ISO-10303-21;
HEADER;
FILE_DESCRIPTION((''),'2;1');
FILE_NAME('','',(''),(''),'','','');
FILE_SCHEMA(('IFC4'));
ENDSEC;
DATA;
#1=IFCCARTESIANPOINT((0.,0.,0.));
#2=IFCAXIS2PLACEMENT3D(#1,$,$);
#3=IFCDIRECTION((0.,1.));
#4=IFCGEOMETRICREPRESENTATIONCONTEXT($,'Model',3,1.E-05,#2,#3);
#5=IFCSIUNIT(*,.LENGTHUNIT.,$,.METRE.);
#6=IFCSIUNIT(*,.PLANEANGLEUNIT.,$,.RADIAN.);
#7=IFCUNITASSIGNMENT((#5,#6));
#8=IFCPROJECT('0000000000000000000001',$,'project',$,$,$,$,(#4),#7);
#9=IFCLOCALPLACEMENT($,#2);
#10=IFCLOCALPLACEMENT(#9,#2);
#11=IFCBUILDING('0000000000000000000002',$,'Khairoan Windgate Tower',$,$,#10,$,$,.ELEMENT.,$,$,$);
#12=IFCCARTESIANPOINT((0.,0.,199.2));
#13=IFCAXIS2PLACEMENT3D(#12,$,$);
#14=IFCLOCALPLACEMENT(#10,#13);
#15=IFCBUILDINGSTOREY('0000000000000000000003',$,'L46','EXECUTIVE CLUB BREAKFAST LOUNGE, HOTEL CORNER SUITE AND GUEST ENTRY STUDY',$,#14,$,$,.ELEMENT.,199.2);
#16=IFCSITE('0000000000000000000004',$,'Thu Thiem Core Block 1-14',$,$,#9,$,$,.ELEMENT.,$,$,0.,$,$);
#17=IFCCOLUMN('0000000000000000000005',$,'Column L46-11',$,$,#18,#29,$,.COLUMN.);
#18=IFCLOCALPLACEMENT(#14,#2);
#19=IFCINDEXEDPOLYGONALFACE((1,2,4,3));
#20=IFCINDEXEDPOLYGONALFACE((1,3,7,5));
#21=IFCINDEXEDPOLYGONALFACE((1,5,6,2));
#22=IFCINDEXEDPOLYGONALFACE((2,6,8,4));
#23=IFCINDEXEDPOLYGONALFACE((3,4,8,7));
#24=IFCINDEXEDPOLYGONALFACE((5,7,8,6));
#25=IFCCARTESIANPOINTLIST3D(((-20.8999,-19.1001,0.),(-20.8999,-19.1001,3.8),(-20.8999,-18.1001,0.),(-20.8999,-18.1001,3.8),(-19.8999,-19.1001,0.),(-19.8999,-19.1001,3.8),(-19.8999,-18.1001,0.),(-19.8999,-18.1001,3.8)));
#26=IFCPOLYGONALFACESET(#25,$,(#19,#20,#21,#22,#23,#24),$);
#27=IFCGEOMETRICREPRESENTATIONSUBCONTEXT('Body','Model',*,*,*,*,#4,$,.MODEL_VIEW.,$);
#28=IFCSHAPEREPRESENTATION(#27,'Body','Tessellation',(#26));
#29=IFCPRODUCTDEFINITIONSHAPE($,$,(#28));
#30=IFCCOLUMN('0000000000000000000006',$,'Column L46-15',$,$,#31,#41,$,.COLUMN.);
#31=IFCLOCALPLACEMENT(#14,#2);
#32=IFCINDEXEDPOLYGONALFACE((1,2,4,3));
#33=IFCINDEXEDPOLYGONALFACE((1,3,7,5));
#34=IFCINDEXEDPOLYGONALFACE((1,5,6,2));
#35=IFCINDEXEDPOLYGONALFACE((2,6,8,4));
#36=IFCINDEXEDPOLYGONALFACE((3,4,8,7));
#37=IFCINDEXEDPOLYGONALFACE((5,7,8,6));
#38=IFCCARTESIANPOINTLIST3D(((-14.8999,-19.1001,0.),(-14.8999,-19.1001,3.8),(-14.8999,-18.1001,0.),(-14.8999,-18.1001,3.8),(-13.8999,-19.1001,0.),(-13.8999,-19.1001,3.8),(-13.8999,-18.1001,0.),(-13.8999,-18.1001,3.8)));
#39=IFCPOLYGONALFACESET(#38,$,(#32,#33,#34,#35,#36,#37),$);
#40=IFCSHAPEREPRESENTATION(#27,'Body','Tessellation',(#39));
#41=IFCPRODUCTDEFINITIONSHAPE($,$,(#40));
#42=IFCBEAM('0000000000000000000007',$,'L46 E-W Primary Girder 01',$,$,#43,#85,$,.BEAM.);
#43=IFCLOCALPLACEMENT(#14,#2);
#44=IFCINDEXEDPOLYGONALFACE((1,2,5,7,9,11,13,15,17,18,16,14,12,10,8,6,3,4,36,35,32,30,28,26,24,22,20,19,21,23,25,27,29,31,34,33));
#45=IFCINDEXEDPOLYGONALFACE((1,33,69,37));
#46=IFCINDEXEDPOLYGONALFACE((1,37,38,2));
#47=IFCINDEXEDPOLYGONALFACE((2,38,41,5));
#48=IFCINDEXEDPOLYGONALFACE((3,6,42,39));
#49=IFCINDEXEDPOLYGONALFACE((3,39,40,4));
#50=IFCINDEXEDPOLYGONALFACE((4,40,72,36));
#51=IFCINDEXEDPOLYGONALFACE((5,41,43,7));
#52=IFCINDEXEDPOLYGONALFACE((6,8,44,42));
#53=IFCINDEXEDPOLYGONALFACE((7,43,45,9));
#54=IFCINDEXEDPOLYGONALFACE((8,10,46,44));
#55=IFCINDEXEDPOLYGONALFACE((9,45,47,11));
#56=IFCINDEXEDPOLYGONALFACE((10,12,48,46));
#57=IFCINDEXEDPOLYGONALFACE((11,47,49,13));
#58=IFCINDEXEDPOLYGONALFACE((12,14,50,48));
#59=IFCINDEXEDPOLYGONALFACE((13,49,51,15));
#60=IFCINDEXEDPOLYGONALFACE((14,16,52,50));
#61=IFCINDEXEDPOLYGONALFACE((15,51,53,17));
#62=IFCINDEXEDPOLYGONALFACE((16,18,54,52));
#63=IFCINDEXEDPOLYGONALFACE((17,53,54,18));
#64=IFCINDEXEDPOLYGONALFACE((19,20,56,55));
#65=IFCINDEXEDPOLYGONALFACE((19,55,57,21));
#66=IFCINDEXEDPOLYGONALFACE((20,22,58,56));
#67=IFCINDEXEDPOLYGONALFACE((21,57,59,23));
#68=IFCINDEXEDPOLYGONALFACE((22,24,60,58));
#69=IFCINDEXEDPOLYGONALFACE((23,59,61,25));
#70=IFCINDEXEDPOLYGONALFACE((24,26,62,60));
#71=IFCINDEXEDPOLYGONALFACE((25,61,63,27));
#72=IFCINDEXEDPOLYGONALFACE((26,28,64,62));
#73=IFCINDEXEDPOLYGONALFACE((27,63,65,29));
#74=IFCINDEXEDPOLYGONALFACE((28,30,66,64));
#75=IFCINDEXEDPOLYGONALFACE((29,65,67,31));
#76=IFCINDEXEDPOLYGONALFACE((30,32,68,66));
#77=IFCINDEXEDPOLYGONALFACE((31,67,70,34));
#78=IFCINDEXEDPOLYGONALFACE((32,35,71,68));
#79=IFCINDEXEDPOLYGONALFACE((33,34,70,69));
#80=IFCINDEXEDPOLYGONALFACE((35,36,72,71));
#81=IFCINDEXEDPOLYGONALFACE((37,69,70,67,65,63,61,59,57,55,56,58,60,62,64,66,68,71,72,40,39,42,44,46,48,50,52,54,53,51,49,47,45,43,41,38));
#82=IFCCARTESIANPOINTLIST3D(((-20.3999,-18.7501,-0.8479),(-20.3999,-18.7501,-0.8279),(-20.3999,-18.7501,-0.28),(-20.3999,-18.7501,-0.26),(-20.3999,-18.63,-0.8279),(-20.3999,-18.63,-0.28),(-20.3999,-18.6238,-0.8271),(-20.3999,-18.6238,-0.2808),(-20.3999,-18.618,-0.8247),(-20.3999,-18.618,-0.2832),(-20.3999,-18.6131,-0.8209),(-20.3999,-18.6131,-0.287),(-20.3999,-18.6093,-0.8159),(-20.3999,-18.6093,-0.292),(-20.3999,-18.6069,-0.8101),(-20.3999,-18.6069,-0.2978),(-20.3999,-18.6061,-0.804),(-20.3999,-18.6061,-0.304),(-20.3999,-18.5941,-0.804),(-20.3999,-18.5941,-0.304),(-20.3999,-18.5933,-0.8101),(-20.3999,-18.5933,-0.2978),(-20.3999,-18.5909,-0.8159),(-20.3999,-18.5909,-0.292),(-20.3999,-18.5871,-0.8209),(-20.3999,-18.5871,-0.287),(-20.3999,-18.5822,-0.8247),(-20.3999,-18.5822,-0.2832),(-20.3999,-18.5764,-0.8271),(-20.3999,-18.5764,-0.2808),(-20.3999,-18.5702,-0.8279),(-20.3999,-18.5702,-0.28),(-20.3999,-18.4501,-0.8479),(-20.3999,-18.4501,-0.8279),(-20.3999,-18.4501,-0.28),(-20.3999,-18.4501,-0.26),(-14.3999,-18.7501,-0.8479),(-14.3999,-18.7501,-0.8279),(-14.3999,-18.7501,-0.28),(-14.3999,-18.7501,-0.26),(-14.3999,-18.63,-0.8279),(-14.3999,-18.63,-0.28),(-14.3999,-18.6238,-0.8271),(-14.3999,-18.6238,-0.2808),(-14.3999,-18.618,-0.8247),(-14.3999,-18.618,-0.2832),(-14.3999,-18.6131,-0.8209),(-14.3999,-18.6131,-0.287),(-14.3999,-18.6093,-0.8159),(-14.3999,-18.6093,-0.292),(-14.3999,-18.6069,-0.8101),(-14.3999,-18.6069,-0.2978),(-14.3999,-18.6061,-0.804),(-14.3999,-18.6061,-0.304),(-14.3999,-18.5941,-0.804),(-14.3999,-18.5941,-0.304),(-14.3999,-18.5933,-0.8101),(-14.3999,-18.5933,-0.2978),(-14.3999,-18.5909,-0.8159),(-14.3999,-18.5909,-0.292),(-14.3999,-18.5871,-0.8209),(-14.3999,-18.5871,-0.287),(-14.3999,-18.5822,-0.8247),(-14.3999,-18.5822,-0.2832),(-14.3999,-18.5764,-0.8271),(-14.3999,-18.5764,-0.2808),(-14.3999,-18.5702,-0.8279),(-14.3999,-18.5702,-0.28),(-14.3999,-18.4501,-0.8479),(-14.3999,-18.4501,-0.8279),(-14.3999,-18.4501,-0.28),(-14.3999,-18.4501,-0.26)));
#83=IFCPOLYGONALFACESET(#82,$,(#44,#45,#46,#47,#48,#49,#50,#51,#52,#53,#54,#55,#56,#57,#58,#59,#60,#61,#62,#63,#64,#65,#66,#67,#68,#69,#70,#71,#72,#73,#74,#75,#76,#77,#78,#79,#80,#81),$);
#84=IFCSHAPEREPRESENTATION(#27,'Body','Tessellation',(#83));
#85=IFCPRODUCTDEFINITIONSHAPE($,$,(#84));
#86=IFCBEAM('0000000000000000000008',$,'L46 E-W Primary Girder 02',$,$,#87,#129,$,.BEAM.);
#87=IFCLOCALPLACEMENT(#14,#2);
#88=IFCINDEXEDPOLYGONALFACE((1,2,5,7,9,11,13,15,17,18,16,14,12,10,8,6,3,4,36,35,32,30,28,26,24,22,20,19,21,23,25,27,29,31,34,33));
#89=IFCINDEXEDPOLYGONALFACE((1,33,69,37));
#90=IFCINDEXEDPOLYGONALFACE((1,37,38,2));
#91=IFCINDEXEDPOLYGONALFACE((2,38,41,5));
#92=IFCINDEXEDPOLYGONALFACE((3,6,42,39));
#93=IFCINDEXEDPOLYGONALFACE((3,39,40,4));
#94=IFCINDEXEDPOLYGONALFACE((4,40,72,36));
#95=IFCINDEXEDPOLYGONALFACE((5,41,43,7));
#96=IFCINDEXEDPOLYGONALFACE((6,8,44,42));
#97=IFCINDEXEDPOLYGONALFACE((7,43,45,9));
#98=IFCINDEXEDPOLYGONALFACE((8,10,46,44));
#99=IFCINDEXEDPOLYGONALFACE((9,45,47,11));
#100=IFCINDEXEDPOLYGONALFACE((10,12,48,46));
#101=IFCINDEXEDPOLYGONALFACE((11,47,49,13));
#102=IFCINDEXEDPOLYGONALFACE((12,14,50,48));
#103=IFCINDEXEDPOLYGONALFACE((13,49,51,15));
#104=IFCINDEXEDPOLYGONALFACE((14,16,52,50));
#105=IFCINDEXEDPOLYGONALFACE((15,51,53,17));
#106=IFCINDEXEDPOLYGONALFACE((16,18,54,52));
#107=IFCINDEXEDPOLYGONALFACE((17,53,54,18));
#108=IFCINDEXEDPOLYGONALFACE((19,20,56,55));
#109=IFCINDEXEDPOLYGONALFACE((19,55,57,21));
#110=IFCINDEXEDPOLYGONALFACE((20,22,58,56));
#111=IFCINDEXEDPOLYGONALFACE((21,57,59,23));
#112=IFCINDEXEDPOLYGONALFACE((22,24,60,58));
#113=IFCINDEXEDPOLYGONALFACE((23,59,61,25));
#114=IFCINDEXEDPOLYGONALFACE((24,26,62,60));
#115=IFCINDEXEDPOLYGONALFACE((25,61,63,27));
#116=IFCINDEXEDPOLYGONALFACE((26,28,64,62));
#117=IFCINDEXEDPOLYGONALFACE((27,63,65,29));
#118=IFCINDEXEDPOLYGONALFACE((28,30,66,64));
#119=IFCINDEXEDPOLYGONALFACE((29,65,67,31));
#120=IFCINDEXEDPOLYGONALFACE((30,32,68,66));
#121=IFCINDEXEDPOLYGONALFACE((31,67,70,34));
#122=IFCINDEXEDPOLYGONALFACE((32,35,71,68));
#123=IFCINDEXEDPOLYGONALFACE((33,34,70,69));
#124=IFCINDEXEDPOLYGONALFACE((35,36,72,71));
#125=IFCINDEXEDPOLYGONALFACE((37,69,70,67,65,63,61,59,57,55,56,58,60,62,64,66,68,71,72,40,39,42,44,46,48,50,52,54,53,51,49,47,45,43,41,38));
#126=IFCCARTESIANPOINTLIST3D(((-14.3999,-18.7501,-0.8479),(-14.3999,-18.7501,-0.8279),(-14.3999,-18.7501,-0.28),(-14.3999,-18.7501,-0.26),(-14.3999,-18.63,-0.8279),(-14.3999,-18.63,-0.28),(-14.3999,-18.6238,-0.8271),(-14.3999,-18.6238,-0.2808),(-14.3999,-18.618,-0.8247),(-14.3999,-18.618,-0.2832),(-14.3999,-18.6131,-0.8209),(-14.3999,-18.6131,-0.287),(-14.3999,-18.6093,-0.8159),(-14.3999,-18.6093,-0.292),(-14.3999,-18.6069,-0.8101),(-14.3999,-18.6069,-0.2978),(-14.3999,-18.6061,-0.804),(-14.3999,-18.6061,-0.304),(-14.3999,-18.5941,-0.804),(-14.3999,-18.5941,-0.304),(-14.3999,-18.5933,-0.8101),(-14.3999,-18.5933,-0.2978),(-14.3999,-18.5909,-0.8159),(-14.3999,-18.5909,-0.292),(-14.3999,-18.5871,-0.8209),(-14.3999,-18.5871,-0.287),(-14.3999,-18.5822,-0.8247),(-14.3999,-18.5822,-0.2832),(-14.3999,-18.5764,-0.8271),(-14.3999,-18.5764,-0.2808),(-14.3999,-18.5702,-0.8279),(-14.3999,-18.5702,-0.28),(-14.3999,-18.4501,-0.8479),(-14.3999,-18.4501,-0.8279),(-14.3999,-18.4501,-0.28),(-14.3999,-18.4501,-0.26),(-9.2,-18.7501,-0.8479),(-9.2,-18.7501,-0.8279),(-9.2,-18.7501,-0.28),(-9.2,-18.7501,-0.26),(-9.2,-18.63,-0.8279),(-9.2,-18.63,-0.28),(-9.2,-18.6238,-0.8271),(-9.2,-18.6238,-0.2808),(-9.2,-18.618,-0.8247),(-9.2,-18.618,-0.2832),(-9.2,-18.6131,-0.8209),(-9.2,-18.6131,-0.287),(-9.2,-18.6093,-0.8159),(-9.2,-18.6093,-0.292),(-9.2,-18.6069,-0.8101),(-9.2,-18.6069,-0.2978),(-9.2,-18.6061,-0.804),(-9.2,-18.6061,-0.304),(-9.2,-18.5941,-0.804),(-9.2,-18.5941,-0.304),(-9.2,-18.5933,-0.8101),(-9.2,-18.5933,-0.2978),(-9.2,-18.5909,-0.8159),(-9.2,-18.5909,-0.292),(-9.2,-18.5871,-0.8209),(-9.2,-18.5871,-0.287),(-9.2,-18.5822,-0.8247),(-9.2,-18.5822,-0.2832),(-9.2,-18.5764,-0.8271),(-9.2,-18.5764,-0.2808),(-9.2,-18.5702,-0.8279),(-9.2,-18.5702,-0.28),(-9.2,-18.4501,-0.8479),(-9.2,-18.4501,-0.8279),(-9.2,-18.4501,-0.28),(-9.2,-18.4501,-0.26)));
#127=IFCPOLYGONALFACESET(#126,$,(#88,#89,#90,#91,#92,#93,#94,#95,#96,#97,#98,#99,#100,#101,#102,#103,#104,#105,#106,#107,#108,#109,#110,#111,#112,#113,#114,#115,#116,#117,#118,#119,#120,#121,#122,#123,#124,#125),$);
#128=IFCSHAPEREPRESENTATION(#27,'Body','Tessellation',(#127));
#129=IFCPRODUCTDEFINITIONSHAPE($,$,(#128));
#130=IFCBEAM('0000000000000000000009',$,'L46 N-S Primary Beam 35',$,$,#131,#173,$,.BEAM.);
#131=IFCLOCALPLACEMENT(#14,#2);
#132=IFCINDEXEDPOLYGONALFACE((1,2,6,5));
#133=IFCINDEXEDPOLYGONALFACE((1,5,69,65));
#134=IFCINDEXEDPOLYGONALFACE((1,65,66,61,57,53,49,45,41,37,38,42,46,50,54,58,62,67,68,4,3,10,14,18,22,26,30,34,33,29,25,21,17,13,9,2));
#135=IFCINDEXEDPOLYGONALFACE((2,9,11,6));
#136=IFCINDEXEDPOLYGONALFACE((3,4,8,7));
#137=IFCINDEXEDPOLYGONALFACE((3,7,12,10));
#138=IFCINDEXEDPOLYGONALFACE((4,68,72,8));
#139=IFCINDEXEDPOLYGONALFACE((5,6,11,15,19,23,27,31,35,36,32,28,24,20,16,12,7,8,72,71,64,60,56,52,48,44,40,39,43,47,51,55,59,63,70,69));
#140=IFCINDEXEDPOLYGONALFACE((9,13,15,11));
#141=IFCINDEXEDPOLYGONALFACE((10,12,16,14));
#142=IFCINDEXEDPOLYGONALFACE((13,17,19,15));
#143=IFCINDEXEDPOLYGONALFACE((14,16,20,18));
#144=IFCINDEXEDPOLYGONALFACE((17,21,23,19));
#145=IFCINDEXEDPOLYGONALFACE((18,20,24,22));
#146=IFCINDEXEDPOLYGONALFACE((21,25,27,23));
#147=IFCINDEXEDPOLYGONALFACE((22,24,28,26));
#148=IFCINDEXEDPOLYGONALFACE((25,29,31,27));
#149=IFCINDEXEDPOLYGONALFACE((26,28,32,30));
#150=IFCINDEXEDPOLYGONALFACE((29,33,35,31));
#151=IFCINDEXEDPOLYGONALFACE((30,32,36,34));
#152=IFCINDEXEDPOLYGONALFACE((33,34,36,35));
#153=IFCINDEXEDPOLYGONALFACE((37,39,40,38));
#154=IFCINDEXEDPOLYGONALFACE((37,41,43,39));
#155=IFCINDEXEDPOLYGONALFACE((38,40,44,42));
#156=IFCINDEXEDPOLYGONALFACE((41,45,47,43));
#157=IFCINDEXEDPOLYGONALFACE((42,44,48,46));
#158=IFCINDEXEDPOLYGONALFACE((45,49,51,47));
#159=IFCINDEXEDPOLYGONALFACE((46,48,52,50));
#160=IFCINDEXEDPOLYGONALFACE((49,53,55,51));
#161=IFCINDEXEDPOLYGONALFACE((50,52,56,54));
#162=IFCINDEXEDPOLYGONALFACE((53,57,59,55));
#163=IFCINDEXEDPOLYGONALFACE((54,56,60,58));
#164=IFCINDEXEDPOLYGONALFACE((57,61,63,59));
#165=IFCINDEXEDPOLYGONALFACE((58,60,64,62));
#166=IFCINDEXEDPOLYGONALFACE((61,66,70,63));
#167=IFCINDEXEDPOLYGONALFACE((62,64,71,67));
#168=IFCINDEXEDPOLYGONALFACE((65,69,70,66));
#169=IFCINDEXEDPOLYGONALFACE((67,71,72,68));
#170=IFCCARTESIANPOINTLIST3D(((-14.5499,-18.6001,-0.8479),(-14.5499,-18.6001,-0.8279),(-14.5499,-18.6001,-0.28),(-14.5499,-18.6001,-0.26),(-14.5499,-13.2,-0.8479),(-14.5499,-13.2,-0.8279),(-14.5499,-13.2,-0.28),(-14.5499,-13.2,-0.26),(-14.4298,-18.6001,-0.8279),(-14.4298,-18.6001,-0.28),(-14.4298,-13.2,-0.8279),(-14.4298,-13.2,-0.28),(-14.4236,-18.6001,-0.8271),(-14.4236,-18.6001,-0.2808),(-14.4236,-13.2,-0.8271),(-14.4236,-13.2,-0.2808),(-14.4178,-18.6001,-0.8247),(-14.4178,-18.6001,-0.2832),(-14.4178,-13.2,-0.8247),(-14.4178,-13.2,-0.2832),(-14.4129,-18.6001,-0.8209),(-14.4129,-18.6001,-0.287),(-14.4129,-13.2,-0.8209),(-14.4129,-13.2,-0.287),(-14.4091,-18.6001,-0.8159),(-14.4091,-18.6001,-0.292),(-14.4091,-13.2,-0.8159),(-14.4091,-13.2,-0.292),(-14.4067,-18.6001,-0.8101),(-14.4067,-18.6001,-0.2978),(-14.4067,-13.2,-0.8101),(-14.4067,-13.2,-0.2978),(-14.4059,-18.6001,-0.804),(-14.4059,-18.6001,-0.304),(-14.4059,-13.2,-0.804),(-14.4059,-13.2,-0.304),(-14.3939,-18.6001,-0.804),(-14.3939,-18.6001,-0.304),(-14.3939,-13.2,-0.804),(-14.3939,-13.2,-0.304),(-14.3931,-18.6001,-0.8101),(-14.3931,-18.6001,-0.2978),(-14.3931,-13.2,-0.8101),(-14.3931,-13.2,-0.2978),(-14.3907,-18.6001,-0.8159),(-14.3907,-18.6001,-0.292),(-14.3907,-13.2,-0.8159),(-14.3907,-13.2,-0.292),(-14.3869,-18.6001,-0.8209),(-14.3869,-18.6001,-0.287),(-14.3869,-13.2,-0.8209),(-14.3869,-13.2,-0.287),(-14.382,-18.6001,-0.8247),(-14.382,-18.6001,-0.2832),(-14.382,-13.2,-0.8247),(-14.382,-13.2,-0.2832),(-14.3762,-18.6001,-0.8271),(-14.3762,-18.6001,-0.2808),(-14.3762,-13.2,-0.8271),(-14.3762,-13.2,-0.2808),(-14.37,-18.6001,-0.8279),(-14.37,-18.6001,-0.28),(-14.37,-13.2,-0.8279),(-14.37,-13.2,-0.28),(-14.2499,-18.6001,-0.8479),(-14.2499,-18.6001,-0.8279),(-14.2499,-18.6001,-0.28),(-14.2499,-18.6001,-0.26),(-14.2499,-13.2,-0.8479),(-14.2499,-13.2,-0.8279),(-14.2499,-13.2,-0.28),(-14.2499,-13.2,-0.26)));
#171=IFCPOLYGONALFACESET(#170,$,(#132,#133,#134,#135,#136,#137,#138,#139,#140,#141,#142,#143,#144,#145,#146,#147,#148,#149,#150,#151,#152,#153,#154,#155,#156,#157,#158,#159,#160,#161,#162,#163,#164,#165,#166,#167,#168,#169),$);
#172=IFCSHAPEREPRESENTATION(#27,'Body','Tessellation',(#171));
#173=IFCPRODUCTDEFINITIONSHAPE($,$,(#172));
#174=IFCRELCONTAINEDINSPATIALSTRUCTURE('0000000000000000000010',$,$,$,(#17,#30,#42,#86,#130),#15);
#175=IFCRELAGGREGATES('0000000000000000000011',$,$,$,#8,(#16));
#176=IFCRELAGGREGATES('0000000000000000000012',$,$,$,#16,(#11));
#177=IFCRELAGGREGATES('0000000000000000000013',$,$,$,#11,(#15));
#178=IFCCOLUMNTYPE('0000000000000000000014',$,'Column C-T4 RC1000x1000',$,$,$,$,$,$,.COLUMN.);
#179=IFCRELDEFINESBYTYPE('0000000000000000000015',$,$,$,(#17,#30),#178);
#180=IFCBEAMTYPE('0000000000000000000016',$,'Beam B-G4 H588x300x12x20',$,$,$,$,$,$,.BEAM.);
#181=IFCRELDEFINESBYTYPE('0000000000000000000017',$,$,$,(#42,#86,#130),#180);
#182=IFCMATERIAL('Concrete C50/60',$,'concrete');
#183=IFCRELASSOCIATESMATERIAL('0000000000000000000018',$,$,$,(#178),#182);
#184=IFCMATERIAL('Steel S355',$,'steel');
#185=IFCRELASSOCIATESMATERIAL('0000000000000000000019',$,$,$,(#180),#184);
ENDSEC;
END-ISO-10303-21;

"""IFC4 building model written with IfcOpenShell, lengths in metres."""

from ifc_helpers import new_model, si_unit, direction, frame, origin, origin_2d, place, context, subcontext, project, spatial, rectangle, i_section, extrude, material, material_profile, profile_set, type_object, element, save


model = new_model("IFC4")

# Units and contexts
model_context = context("Model", 3, precision=1e-05, world=origin(), true_north=direction((0.0, 1.0)))
body_context = subcontext(model_context, "Body", "Model", "MODEL_VIEW")
ifc_project = project(units=[si_unit("LENGTHUNIT", "METRE"), si_unit("PLANEANGLEUNIT", "RADIAN")], contexts=[model_context])

# Site, building, storey
site_placement = place(None, origin())
site = spatial("IfcSite", under=ifc_project, at=site_placement, Name="Thu Thiem Core Block 1-14", CompositionType="ELEMENT", RefElevation=0.0)
building_placement = place(site_placement, origin())
building = spatial("IfcBuilding", under=site, at=building_placement, Name="Khairoan Windgate Tower", CompositionType="ELEMENT")
storey_placement = place(building_placement, frame((0.0, 0.0, 199.2)))
storey = spatial("IfcBuildingStorey", under=building, at=storey_placement, Name="L46", Description="EXECUTIVE CLUB BREAKFAST LOUNGE, HOTEL CORNER SUITE AND GUEST ENTRY STUDY", CompositionType="ELEMENT", Elevation=199.2)

# Columns
ifc_material_1 = material(Name="Concrete C50/60", Category="concrete")
ifc_material_profile_1 = material_profile(ifc_material_1, rectangle(XDim=1.0, YDim=1.0, at=origin_2d()))
ifc_profile_set_1 = profile_set([ifc_material_profile_1], Name="Concrete C50/60")
column_type = type_object("IfcColumnType", Name="Column C-T4 RC1000x1000", PredefinedType="COLUMN", material=ifc_profile_set_1)
for number, where, z_axis, x_axis, name in (
    (1, (-20.3999, -18.6001, 0.0), (0.0, 0.0, 1.0), (1.0, 0.0, 0.0), "Column L46-11"),
    (2, (-14.3999, -18.6001, 0.0), (0.0, 0.0, 1.0), (1.0, 0.0, 0.0), "Column L46-15"),
):
    element("IfcColumn", number, at=place(storey_placement, frame(where, z_axis=z_axis, x_axis=x_axis)), inside=storey, type_object=column_type, Name=name, PredefinedType="COLUMN", context=body_context, shape_type="SweptSolid", body=[
        extrude(rectangle(XDim=1.0, YDim=1.0, at=origin_2d()), origin(), (0.0, 0.0, 1.0), 3.8),
    ])

# Beams
ifc_material_2 = material(Name="Steel S355", Category="steel")
ifc_material_profile_2 = material_profile(ifc_material_2, i_section(OverallWidth=0.3, OverallDepth=0.5879, WebThickness=0.012, FlangeThickness=0.02, FilletRadius=0.0239, at=origin_2d()))
ifc_profile_set_2 = profile_set([ifc_material_profile_2], Name="Steel S355")
beam_type_1 = type_object("IfcBeamType", Name="Beam B-G4 H588x300x12x20", PredefinedType="BEAM", material=ifc_profile_set_2)
beam_1_placement = place(storey_placement, frame((-20.3999, -18.6001, -0.554), z_axis=(1.0, 0.0, 0.0), x_axis=(0.0, 1.0, 0.0)))
element("IfcBeam", 3, at=beam_1_placement, inside=storey, type_object=beam_type_1, Name="L46 E-W Primary Girder 01", PredefinedType="BEAM", context=body_context, shape_type="SweptSolid", body=[
    extrude(i_section(OverallWidth=0.3, OverallDepth=0.5879, WebThickness=0.012, FlangeThickness=0.02, FilletRadius=0.0239, at=origin_2d()), origin(), (0.0, 0.0, 1.0), 6.0),
])
beam_2_placement = place(storey_placement, frame((-14.3999, -18.6001, -0.554), z_axis=(1.0, 0.0, 0.0), x_axis=(0.0, 1.0, 0.0)))
element("IfcBeam", 4, at=beam_2_placement, inside=storey, type_object=beam_type_1, Name="L46 E-W Primary Girder 02", PredefinedType="BEAM", context=body_context, shape_type="SweptSolid", body=[
    extrude(i_section(OverallWidth=0.3, OverallDepth=0.5879, WebThickness=0.012, FlangeThickness=0.02, FilletRadius=0.0239, at=origin_2d()), origin(), (0.0, 0.0, 1.0), 5.2),
])
beam_3_placement = place(storey_placement, frame((-14.3999, -18.6001, -0.554), z_axis=(0.0, 1.0, 0.0), x_axis=(-1.0, 0.0, 0.0)))
element("IfcBeam", 5, at=beam_3_placement, inside=storey, type_object=beam_type_1, Name="L46 N-S Primary Beam 35", PredefinedType="BEAM", context=body_context, shape_type="SweptSolid", body=[
    extrude(i_section(OverallWidth=0.3, OverallDepth=0.5879, WebThickness=0.012, FlangeThickness=0.02, FilletRadius=0.0239, at=origin_2d()), origin(), (0.0, 0.0, 1.0), 5.4001),
])

save(model, "model.ifc")
